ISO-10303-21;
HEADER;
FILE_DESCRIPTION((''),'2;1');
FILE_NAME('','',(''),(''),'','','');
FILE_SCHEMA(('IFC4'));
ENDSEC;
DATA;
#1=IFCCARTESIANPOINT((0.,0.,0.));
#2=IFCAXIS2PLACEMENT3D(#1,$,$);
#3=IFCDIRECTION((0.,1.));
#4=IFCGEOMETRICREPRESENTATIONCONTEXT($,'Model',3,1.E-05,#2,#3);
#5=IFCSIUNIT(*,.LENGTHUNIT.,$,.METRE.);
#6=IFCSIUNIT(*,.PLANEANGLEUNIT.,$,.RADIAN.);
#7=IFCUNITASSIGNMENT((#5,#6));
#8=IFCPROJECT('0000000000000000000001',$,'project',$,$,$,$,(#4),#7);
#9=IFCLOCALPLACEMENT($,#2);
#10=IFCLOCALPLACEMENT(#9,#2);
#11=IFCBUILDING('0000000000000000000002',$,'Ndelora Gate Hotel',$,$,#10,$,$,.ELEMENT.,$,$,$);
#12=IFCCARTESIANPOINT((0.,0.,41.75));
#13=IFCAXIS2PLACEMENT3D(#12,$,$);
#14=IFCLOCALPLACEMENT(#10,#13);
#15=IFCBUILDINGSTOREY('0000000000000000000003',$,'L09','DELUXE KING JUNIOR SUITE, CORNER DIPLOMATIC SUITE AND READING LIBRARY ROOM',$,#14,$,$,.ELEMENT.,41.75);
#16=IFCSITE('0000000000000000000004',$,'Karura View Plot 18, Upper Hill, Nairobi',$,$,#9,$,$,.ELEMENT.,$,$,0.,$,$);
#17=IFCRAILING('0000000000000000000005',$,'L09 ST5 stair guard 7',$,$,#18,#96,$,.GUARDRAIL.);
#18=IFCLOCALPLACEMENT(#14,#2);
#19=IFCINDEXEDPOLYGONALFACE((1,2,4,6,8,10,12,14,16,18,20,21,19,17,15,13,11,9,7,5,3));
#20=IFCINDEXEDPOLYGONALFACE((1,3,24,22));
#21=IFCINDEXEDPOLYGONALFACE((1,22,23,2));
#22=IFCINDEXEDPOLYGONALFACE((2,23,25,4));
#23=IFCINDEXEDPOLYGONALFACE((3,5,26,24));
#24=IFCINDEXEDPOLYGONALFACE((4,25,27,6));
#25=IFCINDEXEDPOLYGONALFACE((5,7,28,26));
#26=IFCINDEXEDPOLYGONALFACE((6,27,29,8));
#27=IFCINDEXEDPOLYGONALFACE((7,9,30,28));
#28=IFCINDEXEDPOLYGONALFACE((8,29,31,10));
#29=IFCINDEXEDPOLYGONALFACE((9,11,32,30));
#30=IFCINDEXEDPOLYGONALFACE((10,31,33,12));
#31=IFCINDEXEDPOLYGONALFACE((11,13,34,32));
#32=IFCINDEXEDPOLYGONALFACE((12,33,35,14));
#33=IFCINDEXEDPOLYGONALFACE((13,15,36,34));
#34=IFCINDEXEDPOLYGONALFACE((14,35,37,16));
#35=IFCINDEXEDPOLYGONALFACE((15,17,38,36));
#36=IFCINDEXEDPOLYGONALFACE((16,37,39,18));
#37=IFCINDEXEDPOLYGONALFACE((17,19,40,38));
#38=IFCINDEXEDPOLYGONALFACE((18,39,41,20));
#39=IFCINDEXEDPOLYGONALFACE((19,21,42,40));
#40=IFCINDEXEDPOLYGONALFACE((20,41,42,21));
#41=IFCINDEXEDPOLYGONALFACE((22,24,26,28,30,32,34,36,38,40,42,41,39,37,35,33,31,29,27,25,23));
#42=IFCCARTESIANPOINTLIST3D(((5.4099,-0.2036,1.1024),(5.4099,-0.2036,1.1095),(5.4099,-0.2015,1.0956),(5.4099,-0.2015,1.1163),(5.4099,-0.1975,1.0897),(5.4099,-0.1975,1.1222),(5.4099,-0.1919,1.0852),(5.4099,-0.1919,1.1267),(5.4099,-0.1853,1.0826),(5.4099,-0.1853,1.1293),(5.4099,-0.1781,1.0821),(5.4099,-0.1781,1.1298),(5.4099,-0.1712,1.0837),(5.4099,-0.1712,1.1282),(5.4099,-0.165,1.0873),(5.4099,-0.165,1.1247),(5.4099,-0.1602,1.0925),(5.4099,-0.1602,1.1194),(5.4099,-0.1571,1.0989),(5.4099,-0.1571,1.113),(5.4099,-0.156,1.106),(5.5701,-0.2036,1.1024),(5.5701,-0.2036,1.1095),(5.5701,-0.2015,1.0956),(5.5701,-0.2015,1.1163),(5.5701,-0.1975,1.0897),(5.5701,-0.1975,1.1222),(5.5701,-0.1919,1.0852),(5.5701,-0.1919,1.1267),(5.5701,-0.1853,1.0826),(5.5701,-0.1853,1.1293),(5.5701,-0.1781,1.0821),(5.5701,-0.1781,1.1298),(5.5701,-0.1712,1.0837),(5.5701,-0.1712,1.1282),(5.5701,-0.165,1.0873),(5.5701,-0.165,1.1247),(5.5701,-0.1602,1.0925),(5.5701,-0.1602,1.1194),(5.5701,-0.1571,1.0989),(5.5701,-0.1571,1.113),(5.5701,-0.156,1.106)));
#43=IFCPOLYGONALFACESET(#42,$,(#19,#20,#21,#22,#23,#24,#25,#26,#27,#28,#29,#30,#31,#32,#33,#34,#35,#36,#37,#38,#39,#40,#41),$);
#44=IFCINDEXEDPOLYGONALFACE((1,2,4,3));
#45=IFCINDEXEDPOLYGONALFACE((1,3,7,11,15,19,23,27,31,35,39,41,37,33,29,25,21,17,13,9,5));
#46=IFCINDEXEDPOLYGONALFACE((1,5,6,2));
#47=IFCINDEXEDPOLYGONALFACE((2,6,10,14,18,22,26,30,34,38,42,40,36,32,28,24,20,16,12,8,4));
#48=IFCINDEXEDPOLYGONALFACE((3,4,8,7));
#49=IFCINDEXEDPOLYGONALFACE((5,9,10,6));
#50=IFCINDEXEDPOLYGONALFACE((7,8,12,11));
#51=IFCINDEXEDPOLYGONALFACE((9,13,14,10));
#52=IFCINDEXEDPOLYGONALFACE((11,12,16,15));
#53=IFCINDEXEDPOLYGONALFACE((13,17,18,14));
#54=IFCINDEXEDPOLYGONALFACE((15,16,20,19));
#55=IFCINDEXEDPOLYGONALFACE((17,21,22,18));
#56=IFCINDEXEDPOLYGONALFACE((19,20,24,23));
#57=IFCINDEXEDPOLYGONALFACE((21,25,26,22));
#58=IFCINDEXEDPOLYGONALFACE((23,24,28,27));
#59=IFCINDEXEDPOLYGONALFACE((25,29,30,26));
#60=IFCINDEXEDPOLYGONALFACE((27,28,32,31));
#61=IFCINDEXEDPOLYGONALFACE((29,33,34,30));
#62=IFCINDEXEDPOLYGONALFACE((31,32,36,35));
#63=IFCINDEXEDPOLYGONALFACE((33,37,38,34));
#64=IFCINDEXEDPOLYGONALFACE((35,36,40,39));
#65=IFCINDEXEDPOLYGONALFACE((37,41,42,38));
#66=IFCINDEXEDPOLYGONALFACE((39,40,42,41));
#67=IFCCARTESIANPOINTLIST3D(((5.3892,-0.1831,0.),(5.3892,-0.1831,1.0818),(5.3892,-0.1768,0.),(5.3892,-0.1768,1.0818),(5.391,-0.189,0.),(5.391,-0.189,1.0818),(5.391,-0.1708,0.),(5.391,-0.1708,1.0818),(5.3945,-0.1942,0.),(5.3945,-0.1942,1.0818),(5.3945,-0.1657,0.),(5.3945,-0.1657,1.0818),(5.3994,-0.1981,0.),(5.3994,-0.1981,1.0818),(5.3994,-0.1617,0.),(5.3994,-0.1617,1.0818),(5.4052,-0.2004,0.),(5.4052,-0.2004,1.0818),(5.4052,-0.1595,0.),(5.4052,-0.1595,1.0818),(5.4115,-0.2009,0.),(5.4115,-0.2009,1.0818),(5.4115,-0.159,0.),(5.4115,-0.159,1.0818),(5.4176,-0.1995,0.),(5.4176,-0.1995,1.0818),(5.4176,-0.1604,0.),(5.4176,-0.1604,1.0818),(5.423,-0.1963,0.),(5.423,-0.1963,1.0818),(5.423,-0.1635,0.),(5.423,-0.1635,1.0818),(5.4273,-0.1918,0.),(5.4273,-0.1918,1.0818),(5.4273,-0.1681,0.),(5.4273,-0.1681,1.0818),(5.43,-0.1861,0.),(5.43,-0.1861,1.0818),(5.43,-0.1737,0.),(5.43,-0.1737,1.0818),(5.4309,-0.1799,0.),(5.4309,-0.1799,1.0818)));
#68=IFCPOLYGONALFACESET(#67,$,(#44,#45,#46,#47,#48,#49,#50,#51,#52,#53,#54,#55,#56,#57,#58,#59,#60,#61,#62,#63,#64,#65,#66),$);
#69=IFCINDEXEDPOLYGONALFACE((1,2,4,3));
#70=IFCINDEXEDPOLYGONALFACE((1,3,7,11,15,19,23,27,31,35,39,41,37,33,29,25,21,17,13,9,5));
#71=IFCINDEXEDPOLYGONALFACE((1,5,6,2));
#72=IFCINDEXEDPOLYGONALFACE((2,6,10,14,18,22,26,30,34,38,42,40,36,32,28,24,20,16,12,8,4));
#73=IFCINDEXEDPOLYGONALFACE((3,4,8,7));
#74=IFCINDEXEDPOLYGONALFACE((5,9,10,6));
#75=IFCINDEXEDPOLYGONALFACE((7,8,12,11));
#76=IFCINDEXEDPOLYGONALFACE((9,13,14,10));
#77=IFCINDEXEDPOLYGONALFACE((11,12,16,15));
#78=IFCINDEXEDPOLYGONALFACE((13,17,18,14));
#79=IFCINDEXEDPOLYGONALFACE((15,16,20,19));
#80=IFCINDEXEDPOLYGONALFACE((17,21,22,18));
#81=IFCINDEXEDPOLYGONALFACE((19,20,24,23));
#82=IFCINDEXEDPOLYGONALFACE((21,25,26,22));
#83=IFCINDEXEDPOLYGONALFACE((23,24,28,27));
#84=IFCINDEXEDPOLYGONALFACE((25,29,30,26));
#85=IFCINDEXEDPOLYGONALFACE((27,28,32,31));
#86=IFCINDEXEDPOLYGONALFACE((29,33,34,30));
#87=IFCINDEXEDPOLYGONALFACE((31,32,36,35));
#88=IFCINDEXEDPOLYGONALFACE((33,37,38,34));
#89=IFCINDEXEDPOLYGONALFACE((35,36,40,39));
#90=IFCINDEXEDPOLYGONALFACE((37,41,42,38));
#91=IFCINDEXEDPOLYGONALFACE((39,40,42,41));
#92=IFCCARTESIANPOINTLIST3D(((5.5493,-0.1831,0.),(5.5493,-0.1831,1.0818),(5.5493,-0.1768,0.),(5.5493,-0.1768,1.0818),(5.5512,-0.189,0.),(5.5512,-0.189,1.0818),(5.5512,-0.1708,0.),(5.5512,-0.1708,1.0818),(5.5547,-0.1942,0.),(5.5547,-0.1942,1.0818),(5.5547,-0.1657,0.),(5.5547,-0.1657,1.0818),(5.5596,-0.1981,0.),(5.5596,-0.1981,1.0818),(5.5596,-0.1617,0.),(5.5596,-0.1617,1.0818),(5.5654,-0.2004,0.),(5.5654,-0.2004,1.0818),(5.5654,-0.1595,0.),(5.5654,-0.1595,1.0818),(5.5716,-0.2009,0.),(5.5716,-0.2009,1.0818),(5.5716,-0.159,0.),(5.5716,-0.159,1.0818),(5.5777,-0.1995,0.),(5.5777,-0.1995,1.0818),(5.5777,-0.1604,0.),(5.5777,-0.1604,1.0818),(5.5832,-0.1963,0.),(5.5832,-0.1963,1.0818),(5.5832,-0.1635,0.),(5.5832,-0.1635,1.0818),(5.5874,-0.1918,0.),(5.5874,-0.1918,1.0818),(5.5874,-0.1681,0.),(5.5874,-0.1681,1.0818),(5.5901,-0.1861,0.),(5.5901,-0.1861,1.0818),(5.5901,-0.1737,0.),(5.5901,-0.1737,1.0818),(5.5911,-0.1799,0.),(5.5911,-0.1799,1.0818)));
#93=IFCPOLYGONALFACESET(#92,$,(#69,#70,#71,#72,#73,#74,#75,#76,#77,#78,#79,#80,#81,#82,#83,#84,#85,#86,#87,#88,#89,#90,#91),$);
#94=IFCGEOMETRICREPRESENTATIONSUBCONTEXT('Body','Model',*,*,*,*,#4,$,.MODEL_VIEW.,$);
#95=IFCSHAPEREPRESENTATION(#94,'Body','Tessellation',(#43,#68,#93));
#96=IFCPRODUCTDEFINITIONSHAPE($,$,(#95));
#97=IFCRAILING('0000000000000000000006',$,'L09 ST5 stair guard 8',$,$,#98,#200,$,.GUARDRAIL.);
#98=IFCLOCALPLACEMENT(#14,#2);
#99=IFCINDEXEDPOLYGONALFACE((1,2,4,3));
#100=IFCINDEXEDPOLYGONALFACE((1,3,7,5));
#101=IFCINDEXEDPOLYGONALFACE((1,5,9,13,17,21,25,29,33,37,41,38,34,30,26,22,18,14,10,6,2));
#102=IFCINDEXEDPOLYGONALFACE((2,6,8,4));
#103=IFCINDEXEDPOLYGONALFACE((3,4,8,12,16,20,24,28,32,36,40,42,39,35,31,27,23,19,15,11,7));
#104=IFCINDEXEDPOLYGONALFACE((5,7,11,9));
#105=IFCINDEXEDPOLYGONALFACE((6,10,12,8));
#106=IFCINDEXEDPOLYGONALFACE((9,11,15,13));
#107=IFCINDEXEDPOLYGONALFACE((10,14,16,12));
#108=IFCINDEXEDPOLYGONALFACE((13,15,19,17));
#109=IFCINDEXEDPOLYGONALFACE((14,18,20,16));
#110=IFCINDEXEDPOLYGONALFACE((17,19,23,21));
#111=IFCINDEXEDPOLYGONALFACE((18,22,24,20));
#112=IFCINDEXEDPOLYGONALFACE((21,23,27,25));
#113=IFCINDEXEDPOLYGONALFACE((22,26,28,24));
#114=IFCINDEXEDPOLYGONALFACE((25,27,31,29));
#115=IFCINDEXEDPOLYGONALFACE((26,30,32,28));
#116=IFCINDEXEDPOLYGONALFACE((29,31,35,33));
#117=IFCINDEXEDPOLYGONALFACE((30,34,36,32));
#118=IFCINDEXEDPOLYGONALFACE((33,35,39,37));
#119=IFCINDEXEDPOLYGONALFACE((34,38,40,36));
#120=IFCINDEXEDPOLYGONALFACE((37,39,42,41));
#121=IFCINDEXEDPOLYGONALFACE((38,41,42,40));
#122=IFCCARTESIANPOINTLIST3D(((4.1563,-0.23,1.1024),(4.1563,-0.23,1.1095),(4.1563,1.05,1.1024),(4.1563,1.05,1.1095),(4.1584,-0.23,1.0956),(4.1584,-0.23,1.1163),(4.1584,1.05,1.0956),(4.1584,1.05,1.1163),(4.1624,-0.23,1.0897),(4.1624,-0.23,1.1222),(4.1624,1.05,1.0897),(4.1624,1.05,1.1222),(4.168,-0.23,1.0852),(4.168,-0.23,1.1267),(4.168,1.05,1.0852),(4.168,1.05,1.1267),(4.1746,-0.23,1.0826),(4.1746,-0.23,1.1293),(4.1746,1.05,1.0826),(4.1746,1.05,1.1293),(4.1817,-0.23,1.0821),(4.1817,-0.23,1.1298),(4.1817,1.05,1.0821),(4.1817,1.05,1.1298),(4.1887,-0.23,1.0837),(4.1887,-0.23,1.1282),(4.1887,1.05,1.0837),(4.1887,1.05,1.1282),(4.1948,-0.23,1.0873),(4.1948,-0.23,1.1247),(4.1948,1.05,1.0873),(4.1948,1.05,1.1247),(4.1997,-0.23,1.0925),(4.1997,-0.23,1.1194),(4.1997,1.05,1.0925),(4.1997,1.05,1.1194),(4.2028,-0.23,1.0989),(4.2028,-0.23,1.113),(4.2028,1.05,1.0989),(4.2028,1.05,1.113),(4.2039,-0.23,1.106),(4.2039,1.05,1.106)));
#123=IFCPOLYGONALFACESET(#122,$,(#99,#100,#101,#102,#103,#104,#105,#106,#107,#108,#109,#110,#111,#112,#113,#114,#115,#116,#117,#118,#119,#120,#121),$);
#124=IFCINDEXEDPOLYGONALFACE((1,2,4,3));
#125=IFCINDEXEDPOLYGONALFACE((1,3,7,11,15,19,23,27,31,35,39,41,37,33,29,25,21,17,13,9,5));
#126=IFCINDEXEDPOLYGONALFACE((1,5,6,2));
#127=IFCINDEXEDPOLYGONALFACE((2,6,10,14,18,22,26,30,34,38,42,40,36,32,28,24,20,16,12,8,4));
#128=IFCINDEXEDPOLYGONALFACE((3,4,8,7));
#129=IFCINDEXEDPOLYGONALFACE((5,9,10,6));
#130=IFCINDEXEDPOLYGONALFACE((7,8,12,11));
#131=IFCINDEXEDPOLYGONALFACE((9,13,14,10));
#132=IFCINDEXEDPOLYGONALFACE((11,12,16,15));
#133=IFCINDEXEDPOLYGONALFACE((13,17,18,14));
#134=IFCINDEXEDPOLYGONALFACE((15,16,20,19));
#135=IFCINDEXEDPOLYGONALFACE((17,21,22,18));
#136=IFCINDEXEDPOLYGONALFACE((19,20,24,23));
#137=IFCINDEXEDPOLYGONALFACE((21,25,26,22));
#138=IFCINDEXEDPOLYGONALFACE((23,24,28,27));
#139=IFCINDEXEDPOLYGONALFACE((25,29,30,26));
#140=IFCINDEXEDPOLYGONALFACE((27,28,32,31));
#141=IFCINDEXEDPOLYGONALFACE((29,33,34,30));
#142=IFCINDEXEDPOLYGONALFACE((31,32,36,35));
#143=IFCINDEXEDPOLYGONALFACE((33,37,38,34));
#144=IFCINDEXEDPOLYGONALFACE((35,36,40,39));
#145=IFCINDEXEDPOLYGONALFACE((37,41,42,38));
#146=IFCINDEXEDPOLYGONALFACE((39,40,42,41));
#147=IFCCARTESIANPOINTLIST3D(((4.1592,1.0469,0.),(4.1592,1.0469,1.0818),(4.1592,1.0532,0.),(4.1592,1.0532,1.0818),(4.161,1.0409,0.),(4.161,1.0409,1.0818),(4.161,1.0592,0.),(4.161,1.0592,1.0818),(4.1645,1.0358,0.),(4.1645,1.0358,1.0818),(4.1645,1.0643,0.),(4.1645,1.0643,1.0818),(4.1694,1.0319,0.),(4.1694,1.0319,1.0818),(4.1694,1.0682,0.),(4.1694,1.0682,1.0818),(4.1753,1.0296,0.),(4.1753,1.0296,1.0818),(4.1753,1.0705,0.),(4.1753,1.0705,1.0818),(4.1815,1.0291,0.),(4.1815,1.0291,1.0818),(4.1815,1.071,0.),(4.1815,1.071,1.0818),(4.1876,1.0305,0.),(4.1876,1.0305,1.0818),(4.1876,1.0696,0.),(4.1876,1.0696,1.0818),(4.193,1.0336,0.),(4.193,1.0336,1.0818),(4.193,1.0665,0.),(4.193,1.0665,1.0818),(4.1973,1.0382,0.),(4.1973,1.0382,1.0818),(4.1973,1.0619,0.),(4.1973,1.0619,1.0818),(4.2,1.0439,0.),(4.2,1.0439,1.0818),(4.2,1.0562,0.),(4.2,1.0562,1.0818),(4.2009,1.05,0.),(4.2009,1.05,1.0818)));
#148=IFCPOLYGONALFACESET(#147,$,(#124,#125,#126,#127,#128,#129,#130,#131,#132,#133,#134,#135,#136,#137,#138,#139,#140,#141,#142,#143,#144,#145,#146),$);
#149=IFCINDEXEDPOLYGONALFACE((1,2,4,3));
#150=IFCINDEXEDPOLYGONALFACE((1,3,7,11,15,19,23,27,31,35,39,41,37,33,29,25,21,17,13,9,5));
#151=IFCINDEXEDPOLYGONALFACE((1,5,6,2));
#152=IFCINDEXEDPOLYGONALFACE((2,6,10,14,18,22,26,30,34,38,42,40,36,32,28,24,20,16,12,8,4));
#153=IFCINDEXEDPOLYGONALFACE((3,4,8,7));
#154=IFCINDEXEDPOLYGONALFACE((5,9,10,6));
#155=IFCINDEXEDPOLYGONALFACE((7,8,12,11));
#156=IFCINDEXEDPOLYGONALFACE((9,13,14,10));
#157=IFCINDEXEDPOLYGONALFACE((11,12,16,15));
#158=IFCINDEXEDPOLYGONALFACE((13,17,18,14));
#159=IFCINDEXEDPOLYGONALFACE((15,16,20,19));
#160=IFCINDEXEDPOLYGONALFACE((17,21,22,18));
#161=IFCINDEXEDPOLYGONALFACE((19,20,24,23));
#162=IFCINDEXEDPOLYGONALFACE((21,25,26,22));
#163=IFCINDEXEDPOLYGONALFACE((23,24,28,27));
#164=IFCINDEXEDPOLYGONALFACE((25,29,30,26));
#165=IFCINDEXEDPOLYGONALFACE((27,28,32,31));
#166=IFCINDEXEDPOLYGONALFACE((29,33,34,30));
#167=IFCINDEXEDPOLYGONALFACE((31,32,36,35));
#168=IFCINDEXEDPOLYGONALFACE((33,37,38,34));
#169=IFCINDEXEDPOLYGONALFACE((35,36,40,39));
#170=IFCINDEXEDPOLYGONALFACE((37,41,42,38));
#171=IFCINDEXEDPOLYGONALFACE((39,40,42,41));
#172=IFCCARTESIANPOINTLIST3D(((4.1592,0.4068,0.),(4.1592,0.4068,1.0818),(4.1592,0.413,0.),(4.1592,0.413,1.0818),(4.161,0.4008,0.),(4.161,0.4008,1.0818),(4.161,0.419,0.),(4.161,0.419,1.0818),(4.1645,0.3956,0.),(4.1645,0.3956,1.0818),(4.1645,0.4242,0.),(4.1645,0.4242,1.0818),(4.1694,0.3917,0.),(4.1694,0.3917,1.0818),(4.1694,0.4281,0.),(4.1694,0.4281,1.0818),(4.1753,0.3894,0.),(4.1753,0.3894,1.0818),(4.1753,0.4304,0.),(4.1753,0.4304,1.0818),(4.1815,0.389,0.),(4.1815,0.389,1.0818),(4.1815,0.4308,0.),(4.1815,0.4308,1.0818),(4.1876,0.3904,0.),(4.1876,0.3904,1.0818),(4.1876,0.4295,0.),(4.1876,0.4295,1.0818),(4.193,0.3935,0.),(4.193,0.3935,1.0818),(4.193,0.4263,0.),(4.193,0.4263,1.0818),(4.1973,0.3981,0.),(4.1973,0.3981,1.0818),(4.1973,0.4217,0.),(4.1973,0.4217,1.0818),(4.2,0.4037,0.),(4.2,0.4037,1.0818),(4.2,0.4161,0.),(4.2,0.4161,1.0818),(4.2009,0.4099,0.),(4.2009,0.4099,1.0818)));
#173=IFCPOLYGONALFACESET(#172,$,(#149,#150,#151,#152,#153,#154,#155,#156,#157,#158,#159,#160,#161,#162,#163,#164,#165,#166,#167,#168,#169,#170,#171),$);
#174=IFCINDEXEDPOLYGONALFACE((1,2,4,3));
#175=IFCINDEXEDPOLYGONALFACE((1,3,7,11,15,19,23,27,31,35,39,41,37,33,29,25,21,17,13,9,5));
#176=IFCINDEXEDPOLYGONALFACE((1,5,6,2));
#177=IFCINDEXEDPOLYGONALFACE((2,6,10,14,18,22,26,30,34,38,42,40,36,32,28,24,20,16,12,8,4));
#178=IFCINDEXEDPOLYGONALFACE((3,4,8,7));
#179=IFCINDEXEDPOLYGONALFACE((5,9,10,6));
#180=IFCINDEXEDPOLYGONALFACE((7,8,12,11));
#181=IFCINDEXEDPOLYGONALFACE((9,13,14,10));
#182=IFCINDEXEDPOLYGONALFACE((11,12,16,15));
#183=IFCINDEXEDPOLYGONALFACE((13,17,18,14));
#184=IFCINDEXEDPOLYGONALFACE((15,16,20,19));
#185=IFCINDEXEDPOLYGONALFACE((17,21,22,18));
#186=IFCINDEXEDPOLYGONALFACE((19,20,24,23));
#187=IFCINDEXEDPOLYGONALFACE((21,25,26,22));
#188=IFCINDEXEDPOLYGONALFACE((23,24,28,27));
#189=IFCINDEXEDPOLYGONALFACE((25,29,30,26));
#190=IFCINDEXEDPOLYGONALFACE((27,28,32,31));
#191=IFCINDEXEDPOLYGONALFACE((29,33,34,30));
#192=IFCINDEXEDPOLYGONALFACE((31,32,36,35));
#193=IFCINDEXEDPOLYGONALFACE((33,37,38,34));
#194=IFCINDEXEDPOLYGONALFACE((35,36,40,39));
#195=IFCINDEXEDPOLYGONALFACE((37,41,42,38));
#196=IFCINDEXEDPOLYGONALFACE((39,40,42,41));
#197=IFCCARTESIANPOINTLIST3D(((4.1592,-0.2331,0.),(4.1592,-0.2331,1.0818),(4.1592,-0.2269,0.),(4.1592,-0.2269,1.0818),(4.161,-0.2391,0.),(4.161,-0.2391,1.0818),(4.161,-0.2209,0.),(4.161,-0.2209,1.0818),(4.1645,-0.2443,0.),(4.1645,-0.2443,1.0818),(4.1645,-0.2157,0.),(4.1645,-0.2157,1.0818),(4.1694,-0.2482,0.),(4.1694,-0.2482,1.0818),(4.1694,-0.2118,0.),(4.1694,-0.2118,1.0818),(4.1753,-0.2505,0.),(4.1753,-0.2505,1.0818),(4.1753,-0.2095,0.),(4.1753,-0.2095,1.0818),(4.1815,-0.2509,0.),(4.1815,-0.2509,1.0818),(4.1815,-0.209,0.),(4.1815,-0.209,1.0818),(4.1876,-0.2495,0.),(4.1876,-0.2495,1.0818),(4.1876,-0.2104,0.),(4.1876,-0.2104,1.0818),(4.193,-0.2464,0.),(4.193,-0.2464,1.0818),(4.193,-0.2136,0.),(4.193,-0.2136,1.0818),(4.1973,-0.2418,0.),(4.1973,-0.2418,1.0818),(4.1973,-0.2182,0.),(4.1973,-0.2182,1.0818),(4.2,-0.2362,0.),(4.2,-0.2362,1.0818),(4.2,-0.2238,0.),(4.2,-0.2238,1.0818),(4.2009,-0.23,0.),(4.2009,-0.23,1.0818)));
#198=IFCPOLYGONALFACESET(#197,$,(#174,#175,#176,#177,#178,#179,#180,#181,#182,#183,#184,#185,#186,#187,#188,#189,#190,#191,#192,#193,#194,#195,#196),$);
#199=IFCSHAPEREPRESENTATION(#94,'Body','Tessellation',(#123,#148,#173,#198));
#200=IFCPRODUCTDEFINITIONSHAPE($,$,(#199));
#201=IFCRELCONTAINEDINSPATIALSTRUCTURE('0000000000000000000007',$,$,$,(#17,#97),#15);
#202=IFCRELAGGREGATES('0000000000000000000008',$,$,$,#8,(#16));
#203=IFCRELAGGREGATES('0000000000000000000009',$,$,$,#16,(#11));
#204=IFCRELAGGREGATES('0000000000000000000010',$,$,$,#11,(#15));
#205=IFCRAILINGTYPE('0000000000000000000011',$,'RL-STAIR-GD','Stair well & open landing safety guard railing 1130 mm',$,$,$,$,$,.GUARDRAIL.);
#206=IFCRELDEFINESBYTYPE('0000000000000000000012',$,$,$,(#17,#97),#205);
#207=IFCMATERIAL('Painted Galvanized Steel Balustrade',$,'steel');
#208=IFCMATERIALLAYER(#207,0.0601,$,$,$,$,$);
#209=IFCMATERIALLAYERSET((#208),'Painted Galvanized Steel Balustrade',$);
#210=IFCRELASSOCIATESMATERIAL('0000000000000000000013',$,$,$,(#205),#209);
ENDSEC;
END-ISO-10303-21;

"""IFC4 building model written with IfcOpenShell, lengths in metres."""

from ifc_helpers import new_model, si_unit, direction, frame, origin, origin_2d, place, context, subcontext, project, spatial, circle, extrude, material, layer, layer_set, type_object, element, save


model = new_model("IFC4")

# Units and contexts
model_context = context("Model", 3, precision=1e-05, world=origin(), true_north=direction((0.0, 1.0)))
body_context = subcontext(model_context, "Body", "Model", "MODEL_VIEW")
ifc_project = project(units=[si_unit("LENGTHUNIT", "METRE"), si_unit("PLANEANGLEUNIT", "RADIAN")], contexts=[model_context])

# Site, building, storey
site_placement = place(None, origin())
site = spatial("IfcSite", under=ifc_project, at=site_placement, Name="Karura View Plot 18, Upper Hill, Nairobi", CompositionType="ELEMENT", RefElevation=0.0)
building_placement = place(site_placement, origin())
building = spatial("IfcBuilding", under=site, at=building_placement, Name="Ndelora Gate Hotel", CompositionType="ELEMENT")
storey_placement = place(building_placement, frame((0.0, 0.0, 41.75)))
storey = spatial("IfcBuildingStorey", under=building, at=storey_placement, Name="L09", Description="DELUXE KING JUNIOR SUITE, CORNER DIPLOMATIC SUITE AND READING LIBRARY ROOM", CompositionType="ELEMENT", Elevation=41.75)

# Railings
ifc_material_1 = material(Name="Painted Galvanized Steel Balustrade", Category="steel")
ifc_layer_1 = layer(ifc_material_1, 0.0601)
ifc_layer_set_1 = layer_set([ifc_layer_1], Name="Painted Galvanized Steel Balustrade")
railing_type_1 = type_object("IfcRailingType", Name="RL-STAIR-GD", Description="Stair well & open landing safety guard railing 1130 mm", PredefinedType="GUARDRAIL", material=ifc_layer_set_1)
railing_1_placement = place(storey_placement, frame((5.4099, -0.1799, 0.0)))
element("IfcRailing", 1, at=railing_1_placement, inside=storey, type_object=railing_type_1, Name="L09 ST5 stair guard 7", PredefinedType="GUARDRAIL", context=body_context, shape_type="SweptSolid", body=[
    extrude(circle(Radius=0.0239, at=origin_2d()), frame((0.0, 0.0, 1.106), z_axis=(1.0, 0.0, 0.0), x_axis=(0.0, 1.0, 0.0)), (0.0, 0.0, 1.0), 0.1602),
    extrude(circle(Radius=0.021, at=origin_2d()), origin(), (0.0, 0.0, 1.0), 1.0818),
    extrude(circle(Radius=0.021, at=origin_2d()), frame((0.1602, 0.0, 0.0)), (0.0, 0.0, 1.0), 1.0818),
])
railing_2_placement = place(storey_placement, frame((4.1799, 1.05, 0.0)))
element("IfcRailing", 2, at=railing_2_placement, inside=storey, type_object=railing_type_1, Name="L09 ST5 stair guard 8", PredefinedType="GUARDRAIL", context=body_context, shape_type="SweptSolid", body=[
    extrude(circle(Radius=0.0239, at=origin_2d()), frame((0.0, 0.0, 1.106), z_axis=(0.0, -1.0, 0.0), x_axis=(1.0, 0.0, 0.0)), (0.0, 0.0, 1.0), 1.28),
    extrude(circle(Radius=0.021, at=origin_2d()), origin(), (0.0, 0.0, 1.0), 1.0818),
    extrude(circle(Radius=0.021, at=origin_2d()), frame((0.0, -0.6401, 0.0)), (0.0, 0.0, 1.0), 1.0818),
    extrude(circle(Radius=0.021, at=origin_2d()), frame((0.0, -1.28, 0.0)), (0.0, 0.0, 1.0), 1.0818),
])

save(model, "model.ifc")
